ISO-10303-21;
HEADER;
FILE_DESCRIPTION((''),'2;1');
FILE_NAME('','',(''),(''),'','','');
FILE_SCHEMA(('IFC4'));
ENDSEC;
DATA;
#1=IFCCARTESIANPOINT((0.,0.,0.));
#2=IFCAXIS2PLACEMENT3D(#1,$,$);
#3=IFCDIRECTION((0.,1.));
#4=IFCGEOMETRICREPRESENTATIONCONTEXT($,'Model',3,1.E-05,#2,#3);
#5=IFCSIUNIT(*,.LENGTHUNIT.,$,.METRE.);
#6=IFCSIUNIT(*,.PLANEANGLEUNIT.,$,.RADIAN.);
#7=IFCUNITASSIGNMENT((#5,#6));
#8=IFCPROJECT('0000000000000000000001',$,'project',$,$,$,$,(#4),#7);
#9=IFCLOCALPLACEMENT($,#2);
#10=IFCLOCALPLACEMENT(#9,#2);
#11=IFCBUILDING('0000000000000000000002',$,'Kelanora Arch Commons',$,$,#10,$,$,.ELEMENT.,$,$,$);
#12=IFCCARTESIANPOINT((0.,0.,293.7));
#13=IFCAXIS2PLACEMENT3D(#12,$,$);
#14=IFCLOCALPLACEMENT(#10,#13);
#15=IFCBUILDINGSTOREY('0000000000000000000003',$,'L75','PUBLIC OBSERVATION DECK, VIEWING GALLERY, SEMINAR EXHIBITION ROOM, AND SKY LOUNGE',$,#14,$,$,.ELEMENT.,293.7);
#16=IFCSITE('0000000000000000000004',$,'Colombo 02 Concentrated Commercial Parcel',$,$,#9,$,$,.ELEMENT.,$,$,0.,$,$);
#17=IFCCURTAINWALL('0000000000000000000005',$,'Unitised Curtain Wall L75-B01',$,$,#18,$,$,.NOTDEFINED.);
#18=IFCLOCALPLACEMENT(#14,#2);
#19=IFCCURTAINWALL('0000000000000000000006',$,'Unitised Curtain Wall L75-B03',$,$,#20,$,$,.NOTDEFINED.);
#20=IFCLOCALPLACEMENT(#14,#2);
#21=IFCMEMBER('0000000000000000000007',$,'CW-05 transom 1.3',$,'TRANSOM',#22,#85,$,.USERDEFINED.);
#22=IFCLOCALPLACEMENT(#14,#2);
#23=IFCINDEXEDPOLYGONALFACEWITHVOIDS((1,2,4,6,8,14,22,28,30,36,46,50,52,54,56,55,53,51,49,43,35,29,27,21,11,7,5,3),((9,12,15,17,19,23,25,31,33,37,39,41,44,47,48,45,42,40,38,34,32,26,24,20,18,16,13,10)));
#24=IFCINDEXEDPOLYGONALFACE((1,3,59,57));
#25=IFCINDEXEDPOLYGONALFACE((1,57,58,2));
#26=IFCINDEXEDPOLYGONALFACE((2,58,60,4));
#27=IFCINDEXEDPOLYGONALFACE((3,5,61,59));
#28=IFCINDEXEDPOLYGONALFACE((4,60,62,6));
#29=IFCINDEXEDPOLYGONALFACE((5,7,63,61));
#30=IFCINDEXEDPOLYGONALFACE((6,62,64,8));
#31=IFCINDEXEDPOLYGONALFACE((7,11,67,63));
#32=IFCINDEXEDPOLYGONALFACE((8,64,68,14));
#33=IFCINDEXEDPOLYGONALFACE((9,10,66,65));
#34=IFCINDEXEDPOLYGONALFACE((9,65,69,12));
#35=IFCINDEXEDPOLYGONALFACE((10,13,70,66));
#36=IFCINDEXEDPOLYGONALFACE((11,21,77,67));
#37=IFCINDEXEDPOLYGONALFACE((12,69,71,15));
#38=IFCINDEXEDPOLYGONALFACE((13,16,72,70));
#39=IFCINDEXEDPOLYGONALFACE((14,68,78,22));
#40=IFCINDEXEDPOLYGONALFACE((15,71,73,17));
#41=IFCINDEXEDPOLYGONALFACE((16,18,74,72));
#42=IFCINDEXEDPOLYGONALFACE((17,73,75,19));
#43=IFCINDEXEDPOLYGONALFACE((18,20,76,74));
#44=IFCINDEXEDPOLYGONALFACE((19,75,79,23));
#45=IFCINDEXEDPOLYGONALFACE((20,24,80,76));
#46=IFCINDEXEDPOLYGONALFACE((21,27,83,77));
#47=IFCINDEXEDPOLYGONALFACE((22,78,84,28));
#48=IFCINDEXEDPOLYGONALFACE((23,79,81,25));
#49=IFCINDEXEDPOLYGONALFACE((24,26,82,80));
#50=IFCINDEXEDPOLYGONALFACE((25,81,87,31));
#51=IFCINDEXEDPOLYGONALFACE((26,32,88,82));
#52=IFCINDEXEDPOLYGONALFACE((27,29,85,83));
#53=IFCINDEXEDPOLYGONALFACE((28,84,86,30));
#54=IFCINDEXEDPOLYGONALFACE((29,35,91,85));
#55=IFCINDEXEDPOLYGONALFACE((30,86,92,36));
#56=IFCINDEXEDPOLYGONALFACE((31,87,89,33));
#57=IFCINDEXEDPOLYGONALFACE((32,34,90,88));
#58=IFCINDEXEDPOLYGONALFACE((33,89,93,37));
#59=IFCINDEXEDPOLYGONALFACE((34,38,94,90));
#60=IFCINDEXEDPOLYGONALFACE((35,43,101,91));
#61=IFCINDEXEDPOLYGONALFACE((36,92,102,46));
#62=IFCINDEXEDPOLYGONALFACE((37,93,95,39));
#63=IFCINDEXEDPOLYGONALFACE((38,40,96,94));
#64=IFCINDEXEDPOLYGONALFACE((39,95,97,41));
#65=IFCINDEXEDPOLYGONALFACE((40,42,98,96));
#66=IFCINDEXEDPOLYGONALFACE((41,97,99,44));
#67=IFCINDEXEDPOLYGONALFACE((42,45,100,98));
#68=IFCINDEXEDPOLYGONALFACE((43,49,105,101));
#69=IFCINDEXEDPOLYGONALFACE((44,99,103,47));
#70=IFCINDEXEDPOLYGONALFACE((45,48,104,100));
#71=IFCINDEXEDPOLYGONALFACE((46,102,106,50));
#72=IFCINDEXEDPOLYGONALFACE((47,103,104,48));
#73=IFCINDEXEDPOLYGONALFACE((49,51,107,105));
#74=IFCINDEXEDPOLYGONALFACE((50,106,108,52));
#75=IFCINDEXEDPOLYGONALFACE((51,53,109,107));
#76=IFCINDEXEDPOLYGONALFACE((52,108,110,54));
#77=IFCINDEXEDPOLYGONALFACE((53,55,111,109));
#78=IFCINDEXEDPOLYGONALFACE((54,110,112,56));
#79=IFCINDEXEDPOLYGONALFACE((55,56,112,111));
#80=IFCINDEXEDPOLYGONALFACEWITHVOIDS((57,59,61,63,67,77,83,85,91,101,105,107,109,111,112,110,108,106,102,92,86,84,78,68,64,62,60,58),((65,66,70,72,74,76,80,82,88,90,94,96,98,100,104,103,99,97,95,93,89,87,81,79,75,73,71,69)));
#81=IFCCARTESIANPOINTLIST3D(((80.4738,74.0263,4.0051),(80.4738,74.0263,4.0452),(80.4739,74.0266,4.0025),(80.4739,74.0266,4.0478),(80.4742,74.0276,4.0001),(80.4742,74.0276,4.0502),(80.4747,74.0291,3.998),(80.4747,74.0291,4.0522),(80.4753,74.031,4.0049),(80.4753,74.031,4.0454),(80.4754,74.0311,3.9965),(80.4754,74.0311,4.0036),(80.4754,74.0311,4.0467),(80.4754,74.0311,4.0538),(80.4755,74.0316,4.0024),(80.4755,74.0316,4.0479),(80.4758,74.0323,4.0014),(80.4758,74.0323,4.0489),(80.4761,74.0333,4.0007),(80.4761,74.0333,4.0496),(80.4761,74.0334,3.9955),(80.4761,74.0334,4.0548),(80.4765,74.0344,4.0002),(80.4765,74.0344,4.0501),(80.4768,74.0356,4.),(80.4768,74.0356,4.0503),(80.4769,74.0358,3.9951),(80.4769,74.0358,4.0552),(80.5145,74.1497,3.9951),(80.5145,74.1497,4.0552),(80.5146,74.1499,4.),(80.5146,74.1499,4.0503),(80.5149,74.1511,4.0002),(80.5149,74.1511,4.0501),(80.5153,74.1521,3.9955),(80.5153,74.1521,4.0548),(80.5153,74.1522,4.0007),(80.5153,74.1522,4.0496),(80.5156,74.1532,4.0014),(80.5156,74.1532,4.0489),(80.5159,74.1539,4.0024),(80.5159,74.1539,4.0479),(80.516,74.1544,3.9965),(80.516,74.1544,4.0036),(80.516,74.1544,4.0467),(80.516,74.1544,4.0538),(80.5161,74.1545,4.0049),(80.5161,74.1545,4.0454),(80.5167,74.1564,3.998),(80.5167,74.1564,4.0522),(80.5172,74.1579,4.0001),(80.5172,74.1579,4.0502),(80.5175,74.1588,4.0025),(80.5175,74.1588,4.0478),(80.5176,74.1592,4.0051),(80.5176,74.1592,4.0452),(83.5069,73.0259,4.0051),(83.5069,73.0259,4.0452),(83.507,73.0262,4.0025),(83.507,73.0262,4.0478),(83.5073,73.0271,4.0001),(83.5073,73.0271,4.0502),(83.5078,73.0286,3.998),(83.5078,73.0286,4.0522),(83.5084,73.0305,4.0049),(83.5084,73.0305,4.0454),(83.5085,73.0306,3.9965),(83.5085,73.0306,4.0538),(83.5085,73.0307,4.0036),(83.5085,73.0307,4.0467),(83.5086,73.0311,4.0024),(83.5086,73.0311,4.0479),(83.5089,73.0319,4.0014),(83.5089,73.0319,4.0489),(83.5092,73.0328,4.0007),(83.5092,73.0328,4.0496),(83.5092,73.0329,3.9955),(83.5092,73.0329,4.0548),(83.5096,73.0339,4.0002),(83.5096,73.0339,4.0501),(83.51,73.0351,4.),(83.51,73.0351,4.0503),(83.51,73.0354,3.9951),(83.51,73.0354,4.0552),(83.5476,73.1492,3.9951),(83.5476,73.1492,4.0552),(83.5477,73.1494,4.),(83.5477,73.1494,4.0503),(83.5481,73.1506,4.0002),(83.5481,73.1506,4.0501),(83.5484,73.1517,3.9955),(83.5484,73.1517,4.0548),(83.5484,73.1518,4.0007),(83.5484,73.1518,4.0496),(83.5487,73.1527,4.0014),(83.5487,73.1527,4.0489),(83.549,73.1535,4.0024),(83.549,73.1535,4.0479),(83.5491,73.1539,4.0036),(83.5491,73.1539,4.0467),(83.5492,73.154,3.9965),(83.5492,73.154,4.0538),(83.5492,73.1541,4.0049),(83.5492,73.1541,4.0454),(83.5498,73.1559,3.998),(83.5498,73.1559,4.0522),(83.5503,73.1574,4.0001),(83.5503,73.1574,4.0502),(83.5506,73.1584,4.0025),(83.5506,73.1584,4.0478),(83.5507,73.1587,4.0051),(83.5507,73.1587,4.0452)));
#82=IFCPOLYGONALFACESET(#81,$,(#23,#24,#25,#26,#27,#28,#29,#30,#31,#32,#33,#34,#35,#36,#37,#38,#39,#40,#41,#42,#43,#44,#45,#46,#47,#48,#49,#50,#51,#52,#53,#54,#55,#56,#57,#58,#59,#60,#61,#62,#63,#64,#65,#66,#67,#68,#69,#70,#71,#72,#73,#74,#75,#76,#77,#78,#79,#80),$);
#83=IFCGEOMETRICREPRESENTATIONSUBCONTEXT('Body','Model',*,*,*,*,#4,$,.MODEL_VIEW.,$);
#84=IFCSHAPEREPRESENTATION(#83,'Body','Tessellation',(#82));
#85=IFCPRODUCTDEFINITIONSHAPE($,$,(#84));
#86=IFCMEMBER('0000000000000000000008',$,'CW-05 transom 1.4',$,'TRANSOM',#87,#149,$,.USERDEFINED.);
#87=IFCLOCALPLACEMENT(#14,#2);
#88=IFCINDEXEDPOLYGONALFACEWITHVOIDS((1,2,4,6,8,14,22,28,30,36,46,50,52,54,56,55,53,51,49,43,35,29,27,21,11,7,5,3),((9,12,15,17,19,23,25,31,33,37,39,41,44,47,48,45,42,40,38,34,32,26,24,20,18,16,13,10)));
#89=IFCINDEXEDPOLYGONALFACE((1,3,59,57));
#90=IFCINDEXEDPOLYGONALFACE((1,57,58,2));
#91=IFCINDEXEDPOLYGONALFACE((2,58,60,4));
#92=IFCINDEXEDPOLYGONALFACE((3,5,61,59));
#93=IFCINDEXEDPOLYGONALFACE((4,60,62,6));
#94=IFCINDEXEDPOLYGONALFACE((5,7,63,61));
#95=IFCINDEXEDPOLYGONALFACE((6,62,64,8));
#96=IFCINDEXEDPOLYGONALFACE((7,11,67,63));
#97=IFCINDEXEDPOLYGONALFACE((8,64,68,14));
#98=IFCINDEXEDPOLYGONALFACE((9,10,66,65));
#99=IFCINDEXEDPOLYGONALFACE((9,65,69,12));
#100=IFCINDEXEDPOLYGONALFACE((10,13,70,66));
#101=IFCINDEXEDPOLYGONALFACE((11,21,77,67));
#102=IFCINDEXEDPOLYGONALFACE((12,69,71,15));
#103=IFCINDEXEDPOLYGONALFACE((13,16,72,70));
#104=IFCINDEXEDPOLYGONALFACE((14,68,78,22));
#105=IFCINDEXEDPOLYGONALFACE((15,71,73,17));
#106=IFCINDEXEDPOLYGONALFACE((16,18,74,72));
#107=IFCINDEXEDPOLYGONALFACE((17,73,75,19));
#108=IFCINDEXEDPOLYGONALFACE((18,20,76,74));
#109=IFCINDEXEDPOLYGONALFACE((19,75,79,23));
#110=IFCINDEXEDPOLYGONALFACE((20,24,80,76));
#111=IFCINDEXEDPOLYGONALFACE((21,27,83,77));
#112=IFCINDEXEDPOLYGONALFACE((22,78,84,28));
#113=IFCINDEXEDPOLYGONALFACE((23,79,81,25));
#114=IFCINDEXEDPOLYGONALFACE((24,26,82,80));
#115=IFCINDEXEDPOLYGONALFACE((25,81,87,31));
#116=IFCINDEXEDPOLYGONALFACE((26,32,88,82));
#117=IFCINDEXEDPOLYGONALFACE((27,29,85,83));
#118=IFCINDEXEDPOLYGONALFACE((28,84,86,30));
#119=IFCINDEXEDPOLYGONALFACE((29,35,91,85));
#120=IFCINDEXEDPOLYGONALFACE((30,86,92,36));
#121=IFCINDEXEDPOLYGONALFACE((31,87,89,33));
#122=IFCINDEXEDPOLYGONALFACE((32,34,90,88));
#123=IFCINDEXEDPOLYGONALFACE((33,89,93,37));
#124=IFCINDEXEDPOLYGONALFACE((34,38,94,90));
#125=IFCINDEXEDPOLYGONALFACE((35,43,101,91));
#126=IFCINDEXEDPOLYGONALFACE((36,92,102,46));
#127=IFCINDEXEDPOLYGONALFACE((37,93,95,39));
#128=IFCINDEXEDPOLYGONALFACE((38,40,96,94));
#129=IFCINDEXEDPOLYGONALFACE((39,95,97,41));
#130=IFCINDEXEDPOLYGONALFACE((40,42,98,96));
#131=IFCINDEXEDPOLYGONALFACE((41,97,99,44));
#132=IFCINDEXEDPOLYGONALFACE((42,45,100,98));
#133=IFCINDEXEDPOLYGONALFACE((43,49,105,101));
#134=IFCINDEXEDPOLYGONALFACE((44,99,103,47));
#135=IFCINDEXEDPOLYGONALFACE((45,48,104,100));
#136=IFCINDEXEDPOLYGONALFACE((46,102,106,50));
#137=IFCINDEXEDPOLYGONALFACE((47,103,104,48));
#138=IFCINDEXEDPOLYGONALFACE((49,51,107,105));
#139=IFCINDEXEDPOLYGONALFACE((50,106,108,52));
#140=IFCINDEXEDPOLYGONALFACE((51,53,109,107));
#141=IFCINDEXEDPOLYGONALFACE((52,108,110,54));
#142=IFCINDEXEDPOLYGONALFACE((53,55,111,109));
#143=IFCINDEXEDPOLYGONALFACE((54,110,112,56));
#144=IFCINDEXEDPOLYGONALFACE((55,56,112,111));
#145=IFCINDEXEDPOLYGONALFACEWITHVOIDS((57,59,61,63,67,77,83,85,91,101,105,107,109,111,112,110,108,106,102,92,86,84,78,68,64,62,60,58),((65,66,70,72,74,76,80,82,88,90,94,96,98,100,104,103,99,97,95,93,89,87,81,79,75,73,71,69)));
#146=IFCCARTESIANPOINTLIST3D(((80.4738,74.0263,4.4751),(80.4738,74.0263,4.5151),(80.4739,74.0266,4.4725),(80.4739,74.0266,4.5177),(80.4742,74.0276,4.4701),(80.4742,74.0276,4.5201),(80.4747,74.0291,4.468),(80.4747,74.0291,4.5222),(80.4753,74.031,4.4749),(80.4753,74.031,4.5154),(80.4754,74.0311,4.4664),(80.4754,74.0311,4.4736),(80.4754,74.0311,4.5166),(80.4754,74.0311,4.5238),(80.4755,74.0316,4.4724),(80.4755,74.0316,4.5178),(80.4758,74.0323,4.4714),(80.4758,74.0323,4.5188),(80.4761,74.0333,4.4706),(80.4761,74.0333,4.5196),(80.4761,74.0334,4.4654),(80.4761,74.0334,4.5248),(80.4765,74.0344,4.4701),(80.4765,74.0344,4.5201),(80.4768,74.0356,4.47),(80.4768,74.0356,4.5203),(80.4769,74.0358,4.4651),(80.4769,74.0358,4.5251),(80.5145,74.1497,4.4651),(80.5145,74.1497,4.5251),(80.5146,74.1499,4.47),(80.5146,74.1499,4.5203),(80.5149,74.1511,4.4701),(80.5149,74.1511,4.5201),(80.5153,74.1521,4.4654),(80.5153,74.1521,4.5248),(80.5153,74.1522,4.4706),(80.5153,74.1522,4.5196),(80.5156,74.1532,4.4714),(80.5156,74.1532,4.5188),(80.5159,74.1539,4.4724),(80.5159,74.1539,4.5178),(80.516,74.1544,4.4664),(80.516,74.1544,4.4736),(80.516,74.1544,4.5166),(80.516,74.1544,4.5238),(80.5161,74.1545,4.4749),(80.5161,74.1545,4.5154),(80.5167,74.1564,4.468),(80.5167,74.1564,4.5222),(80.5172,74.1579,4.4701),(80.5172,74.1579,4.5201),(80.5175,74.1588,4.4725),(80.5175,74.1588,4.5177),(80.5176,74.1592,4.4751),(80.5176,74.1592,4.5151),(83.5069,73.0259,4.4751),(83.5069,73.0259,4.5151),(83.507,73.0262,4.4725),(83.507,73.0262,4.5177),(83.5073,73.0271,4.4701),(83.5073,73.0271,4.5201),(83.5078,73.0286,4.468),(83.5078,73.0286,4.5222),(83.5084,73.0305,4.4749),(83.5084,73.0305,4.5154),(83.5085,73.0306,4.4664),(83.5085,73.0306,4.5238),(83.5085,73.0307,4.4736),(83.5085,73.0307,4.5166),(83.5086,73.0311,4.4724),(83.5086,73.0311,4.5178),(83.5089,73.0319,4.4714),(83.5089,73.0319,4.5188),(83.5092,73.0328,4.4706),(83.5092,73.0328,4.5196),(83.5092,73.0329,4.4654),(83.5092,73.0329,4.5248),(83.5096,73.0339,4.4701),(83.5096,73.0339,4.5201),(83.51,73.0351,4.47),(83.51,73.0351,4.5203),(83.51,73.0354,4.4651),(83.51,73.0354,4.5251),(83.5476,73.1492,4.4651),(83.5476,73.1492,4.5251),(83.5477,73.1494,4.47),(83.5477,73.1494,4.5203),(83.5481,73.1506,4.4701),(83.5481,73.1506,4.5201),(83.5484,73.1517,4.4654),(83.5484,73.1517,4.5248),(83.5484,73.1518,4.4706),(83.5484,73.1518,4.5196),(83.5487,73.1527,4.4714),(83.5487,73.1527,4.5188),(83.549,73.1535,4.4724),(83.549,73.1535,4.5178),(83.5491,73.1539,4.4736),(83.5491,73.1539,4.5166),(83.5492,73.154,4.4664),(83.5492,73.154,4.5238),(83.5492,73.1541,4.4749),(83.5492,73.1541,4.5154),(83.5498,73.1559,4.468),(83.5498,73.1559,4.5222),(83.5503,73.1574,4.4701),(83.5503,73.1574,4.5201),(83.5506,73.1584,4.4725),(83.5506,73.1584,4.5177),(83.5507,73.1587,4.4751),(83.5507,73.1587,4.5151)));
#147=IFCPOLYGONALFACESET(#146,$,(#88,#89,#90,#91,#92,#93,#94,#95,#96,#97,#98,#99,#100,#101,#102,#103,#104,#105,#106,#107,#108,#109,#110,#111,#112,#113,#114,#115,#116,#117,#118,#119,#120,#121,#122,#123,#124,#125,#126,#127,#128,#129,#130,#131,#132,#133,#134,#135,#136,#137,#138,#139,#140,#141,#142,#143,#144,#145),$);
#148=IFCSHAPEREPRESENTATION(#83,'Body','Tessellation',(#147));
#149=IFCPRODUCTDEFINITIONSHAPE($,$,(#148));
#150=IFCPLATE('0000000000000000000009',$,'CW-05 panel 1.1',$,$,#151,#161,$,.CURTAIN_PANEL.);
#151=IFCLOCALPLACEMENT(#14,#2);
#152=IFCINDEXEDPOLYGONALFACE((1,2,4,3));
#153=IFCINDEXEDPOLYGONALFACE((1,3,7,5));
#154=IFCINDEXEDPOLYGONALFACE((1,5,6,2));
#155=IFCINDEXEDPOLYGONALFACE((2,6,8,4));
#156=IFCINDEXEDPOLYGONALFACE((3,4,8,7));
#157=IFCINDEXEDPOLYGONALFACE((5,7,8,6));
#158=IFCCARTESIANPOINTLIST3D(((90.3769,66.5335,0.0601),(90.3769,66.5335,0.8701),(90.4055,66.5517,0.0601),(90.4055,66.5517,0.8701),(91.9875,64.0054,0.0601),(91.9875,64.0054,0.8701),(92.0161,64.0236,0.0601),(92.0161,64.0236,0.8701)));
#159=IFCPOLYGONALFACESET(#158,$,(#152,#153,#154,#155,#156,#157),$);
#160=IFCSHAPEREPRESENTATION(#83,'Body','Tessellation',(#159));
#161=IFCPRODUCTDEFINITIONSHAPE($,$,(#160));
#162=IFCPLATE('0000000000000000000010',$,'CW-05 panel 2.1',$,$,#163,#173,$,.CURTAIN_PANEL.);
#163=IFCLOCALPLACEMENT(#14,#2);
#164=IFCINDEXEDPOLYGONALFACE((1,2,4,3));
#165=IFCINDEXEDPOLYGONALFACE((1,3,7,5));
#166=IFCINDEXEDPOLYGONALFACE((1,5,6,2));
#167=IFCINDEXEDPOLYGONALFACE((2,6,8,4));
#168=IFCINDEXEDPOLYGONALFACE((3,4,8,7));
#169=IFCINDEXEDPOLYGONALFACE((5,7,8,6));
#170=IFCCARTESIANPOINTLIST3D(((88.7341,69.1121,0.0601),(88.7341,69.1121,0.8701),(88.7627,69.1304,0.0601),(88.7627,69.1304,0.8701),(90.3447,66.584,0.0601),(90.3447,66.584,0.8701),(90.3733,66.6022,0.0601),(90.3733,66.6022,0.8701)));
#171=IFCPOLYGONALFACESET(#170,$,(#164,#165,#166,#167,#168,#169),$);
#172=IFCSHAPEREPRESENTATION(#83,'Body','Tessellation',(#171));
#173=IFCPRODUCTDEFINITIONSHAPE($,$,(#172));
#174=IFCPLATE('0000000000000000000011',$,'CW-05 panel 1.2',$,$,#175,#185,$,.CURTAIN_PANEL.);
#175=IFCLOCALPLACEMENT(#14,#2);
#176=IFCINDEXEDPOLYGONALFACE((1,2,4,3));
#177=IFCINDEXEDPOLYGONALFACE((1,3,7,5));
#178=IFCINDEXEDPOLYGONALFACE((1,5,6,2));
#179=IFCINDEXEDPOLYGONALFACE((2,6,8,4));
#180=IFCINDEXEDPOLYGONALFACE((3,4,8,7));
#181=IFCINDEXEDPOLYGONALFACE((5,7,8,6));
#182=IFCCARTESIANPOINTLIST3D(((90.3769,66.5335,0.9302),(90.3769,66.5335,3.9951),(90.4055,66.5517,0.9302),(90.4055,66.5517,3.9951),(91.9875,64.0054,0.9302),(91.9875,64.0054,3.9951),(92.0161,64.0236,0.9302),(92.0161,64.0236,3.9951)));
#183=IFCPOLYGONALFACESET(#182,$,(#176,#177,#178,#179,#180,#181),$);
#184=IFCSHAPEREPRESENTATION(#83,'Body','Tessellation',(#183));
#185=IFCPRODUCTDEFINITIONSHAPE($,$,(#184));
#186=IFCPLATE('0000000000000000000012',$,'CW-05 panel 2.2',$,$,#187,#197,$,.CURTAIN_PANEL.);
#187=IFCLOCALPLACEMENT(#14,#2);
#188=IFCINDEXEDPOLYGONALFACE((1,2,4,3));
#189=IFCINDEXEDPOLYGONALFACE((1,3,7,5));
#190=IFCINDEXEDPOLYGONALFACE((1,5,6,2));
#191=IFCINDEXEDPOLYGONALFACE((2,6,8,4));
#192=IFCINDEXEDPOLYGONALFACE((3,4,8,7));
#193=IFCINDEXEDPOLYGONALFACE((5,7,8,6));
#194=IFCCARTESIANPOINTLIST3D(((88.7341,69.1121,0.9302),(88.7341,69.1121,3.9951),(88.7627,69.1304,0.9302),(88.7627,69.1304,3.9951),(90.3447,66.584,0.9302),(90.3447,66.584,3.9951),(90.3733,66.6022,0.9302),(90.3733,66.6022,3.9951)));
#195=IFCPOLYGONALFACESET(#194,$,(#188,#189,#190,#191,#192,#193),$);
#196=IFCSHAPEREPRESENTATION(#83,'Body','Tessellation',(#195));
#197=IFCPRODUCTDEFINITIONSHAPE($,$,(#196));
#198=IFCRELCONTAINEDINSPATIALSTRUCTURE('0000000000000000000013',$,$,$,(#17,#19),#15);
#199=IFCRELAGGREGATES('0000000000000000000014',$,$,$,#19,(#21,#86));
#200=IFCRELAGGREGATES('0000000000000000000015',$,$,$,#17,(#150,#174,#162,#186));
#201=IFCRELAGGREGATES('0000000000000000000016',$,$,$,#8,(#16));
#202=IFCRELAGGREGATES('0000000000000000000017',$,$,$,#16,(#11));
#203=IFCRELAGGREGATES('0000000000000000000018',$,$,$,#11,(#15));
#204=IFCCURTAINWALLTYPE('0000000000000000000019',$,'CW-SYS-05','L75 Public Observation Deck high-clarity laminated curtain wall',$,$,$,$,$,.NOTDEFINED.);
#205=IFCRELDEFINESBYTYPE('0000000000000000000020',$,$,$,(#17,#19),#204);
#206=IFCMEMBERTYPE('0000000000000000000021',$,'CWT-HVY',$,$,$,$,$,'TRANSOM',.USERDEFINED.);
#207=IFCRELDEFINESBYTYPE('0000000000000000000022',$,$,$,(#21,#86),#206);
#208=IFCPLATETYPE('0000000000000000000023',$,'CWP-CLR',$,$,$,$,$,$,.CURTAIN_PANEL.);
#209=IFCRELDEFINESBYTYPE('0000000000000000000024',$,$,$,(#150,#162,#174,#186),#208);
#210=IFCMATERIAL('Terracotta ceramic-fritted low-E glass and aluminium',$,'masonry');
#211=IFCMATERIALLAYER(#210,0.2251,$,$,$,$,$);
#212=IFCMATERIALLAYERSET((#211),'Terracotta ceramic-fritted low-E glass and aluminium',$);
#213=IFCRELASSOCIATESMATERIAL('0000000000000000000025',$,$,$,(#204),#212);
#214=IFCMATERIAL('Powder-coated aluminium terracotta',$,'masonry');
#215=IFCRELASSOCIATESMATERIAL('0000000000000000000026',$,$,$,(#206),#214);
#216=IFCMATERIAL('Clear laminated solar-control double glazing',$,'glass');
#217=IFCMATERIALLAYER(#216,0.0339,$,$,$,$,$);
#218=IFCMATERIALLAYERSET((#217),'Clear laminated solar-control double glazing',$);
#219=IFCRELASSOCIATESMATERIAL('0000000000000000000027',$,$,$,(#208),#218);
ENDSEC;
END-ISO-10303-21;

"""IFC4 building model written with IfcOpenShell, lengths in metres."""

from ifc_helpers import new_model, si_unit, direction, frame, origin, origin_2d, place, context, subcontext, project, spatial, rectangle, hollow_rectangle, extrude, source, transform, mapped, material, layer, layer_set, material_profile, profile_set, type_object, element, aggregate, save


model = new_model("IFC4")

# Units and contexts
model_context = context("Model", 3, precision=1e-05, world=origin(), true_north=direction((0.0, 1.0)))
body_context = subcontext(model_context, "Body", "Model", "MODEL_VIEW")
ifc_project = project(units=[si_unit("LENGTHUNIT", "METRE"), si_unit("PLANEANGLEUNIT", "RADIAN")], contexts=[model_context])

# Site, building, storey
site_placement = place(None, origin())
site = spatial("IfcSite", under=ifc_project, at=site_placement, Name="Colombo 02 Concentrated Commercial Parcel", CompositionType="ELEMENT", RefElevation=0.0)
building_placement = place(site_placement, origin())
building = spatial("IfcBuilding", under=site, at=building_placement, Name="Kelanora Arch Commons", CompositionType="ELEMENT")
storey_placement = place(building_placement, frame((0.0, 0.0, 293.7)))
storey = spatial("IfcBuildingStorey", under=building, at=storey_placement, Name="L75", Description="PUBLIC OBSERVATION DECK, VIEWING GALLERY, SEMINAR EXHIBITION ROOM, AND SKY LOUNGE", CompositionType="ELEMENT", Elevation=293.7)

# Curtain wall
ifc_material_1 = material(Name="Terracotta ceramic-fritted low-E glass and aluminium", Category="masonry")
ifc_layer_1 = layer(ifc_material_1, 0.2251)
ifc_layer_set_1 = layer_set([ifc_layer_1], Name="Terracotta ceramic-fritted low-E glass and aluminium")
curtain_wall_type = type_object("IfcCurtainWallType", Name="CW-SYS-05", Description="L75 Public Observation Deck high-clarity laminated curtain wall", PredefinedType="NOTDEFINED", material=ifc_layer_set_1)
curtain_wall_1_placement = place(storey_placement, origin())
curtain_wall_1 = element("IfcCurtainWall", 1, at=curtain_wall_1_placement, inside=storey, type_object=curtain_wall_type, Name="Unitised Curtain Wall L75-B01", PredefinedType="NOTDEFINED")
ifc_material_2 = material(Name="Powder-coated aluminium terracotta", Category="masonry")

# Curtain wall
curtain_wall_2_placement = place(storey_placement, origin())
curtain_wall_2 = element("IfcCurtainWall", 2, at=curtain_wall_2_placement, inside=storey, type_object=curtain_wall_type, Name="Unitised Curtain Wall L75-B03", PredefinedType="NOTDEFINED")

# Members
ifc_material_profile_1 = material_profile(ifc_material_2, hollow_rectangle(XDim=0.1399, YDim=0.0601, WallThickness=0.0049, InnerFilletRadius=0.0049, OuterFilletRadius=0.01, at=origin_2d()), Name="CWT140x60")
ifc_profile_set_1 = profile_set([ifc_material_profile_1], Name="Powder-coated aluminium terracotta")
member_type_1 = type_object("IfcMemberType", Name="CWT-HVY", ElementType="TRANSOM", PredefinedType="USERDEFINED", material=ifc_profile_set_1)
member_1_placement = place(storey_placement, frame((83.5288, 73.0923, 4.0251), z_axis=(-0.949672, 0.313245, 0.0), x_axis=(-0.313245, -0.949672, 0.0)))
member_1 = element("IfcMember", 3, at=member_1_placement, type_object=member_type_1, Name="CW-05 transom 1.3", ObjectType="TRANSOM", PredefinedType="USERDEFINED", context=body_context, shape_type="SweptSolid", body=[
    extrude(hollow_rectangle(XDim=0.1399, YDim=0.0601, WallThickness=0.0049, InnerFilletRadius=0.0049, OuterFilletRadius=0.01, at=origin_2d()), origin(), (0.0, 0.0, 1.0), 3.1938),
])
member_2_placement = place(storey_placement, frame((83.5288, 73.0923, 4.4951), z_axis=(-0.949672, 0.313245, 0.0), x_axis=(-0.313245, -0.949672, 0.0)))
member_2 = element("IfcMember", 4, at=member_2_placement, type_object=member_type_1, Name="CW-05 transom 1.4", ObjectType="TRANSOM", PredefinedType="USERDEFINED", context=body_context, shape_type="SweptSolid", body=[
    extrude(hollow_rectangle(XDim=0.1399, YDim=0.0601, WallThickness=0.0049, InnerFilletRadius=0.0049, OuterFilletRadius=0.01, at=origin_2d()), origin(), (0.0, 0.0, 1.0), 3.1938),
])
aggregate(curtain_wall_2, [member_1, member_2])

# Plates
ifc_material_3 = material(Name="Clear laminated solar-control double glazing", Category="glass")
ifc_layer_2 = layer(ifc_material_3, 0.0339)
ifc_layer_set_2 = layer_set([ifc_layer_2], Name="Clear laminated solar-control double glazing")
plate_type = type_object("IfcPlateType", Name="CWP-CLR", PredefinedType="CURTAIN_PANEL", material=ifc_layer_set_2)
shared_shape_1 = source(origin(), body_context, "Body", "SweptSolid", [
    extrude(rectangle(XDim=2.9976, YDim=0.0339, at=origin_2d()), origin(), (0.0, 0.0, 1.0), 0.8101),
])
plate_1_placement = place(storey_placement, frame((91.1965, 65.2786, 0.0601), z_axis=(0.0, 0.0, 1.0), x_axis=(-0.5373, 0.843391, 0.0)))
plate_1 = element("IfcPlate", 5, at=plate_1_placement, type_object=plate_type, Name="CW-05 panel 1.1", PredefinedType="CURTAIN_PANEL", context=body_context, shape_type="MappedRepresentation", body=[
    mapped(shared_shape_1, transform((0.0, 0.0, 0.0), scale=1.0)),
])
plate_2_placement = place(storey_placement, frame((89.5537, 67.8572, 0.0601), z_axis=(0.0, 0.0, 1.0), x_axis=(-0.5373, 0.843391, 0.0)))
plate_2 = element("IfcPlate", 6, at=plate_2_placement, type_object=plate_type, Name="CW-05 panel 2.1", PredefinedType="CURTAIN_PANEL", context=body_context, shape_type="MappedRepresentation", body=[
    mapped(shared_shape_1, transform((0.0, 0.0, 0.0), scale=1.0)),
])
shared_shape_2 = source(origin(), body_context, "Body", "SweptSolid", [
    extrude(rectangle(XDim=2.9976, YDim=0.0339, at=origin_2d()), origin(), (0.0, 0.0, 1.0), 3.0649),
])
plate_3_placement = place(storey_placement, frame((91.1965, 65.2786, 0.9302), z_axis=(0.0, 0.0, 1.0), x_axis=(-0.5373, 0.843391, 0.0)))
plate_3 = element("IfcPlate", 7, at=plate_3_placement, type_object=plate_type, Name="CW-05 panel 1.2", PredefinedType="CURTAIN_PANEL", context=body_context, shape_type="MappedRepresentation", body=[
    mapped(shared_shape_2, transform((0.0, 0.0, 0.0), scale=1.0)),
])
plate_4_placement = place(storey_placement, frame((89.5537, 67.8572, 0.9302), z_axis=(0.0, 0.0, 1.0), x_axis=(-0.5373, 0.843391, 0.0)))
plate_4 = element("IfcPlate", 8, at=plate_4_placement, type_object=plate_type, Name="CW-05 panel 2.2", PredefinedType="CURTAIN_PANEL", context=body_context, shape_type="MappedRepresentation", body=[
    mapped(shared_shape_2, transform((0.0, 0.0, 0.0), scale=1.0)),
])
aggregate(curtain_wall_1, [plate_1, plate_3, plate_2, plate_4])

save(model, "model.ifc")
